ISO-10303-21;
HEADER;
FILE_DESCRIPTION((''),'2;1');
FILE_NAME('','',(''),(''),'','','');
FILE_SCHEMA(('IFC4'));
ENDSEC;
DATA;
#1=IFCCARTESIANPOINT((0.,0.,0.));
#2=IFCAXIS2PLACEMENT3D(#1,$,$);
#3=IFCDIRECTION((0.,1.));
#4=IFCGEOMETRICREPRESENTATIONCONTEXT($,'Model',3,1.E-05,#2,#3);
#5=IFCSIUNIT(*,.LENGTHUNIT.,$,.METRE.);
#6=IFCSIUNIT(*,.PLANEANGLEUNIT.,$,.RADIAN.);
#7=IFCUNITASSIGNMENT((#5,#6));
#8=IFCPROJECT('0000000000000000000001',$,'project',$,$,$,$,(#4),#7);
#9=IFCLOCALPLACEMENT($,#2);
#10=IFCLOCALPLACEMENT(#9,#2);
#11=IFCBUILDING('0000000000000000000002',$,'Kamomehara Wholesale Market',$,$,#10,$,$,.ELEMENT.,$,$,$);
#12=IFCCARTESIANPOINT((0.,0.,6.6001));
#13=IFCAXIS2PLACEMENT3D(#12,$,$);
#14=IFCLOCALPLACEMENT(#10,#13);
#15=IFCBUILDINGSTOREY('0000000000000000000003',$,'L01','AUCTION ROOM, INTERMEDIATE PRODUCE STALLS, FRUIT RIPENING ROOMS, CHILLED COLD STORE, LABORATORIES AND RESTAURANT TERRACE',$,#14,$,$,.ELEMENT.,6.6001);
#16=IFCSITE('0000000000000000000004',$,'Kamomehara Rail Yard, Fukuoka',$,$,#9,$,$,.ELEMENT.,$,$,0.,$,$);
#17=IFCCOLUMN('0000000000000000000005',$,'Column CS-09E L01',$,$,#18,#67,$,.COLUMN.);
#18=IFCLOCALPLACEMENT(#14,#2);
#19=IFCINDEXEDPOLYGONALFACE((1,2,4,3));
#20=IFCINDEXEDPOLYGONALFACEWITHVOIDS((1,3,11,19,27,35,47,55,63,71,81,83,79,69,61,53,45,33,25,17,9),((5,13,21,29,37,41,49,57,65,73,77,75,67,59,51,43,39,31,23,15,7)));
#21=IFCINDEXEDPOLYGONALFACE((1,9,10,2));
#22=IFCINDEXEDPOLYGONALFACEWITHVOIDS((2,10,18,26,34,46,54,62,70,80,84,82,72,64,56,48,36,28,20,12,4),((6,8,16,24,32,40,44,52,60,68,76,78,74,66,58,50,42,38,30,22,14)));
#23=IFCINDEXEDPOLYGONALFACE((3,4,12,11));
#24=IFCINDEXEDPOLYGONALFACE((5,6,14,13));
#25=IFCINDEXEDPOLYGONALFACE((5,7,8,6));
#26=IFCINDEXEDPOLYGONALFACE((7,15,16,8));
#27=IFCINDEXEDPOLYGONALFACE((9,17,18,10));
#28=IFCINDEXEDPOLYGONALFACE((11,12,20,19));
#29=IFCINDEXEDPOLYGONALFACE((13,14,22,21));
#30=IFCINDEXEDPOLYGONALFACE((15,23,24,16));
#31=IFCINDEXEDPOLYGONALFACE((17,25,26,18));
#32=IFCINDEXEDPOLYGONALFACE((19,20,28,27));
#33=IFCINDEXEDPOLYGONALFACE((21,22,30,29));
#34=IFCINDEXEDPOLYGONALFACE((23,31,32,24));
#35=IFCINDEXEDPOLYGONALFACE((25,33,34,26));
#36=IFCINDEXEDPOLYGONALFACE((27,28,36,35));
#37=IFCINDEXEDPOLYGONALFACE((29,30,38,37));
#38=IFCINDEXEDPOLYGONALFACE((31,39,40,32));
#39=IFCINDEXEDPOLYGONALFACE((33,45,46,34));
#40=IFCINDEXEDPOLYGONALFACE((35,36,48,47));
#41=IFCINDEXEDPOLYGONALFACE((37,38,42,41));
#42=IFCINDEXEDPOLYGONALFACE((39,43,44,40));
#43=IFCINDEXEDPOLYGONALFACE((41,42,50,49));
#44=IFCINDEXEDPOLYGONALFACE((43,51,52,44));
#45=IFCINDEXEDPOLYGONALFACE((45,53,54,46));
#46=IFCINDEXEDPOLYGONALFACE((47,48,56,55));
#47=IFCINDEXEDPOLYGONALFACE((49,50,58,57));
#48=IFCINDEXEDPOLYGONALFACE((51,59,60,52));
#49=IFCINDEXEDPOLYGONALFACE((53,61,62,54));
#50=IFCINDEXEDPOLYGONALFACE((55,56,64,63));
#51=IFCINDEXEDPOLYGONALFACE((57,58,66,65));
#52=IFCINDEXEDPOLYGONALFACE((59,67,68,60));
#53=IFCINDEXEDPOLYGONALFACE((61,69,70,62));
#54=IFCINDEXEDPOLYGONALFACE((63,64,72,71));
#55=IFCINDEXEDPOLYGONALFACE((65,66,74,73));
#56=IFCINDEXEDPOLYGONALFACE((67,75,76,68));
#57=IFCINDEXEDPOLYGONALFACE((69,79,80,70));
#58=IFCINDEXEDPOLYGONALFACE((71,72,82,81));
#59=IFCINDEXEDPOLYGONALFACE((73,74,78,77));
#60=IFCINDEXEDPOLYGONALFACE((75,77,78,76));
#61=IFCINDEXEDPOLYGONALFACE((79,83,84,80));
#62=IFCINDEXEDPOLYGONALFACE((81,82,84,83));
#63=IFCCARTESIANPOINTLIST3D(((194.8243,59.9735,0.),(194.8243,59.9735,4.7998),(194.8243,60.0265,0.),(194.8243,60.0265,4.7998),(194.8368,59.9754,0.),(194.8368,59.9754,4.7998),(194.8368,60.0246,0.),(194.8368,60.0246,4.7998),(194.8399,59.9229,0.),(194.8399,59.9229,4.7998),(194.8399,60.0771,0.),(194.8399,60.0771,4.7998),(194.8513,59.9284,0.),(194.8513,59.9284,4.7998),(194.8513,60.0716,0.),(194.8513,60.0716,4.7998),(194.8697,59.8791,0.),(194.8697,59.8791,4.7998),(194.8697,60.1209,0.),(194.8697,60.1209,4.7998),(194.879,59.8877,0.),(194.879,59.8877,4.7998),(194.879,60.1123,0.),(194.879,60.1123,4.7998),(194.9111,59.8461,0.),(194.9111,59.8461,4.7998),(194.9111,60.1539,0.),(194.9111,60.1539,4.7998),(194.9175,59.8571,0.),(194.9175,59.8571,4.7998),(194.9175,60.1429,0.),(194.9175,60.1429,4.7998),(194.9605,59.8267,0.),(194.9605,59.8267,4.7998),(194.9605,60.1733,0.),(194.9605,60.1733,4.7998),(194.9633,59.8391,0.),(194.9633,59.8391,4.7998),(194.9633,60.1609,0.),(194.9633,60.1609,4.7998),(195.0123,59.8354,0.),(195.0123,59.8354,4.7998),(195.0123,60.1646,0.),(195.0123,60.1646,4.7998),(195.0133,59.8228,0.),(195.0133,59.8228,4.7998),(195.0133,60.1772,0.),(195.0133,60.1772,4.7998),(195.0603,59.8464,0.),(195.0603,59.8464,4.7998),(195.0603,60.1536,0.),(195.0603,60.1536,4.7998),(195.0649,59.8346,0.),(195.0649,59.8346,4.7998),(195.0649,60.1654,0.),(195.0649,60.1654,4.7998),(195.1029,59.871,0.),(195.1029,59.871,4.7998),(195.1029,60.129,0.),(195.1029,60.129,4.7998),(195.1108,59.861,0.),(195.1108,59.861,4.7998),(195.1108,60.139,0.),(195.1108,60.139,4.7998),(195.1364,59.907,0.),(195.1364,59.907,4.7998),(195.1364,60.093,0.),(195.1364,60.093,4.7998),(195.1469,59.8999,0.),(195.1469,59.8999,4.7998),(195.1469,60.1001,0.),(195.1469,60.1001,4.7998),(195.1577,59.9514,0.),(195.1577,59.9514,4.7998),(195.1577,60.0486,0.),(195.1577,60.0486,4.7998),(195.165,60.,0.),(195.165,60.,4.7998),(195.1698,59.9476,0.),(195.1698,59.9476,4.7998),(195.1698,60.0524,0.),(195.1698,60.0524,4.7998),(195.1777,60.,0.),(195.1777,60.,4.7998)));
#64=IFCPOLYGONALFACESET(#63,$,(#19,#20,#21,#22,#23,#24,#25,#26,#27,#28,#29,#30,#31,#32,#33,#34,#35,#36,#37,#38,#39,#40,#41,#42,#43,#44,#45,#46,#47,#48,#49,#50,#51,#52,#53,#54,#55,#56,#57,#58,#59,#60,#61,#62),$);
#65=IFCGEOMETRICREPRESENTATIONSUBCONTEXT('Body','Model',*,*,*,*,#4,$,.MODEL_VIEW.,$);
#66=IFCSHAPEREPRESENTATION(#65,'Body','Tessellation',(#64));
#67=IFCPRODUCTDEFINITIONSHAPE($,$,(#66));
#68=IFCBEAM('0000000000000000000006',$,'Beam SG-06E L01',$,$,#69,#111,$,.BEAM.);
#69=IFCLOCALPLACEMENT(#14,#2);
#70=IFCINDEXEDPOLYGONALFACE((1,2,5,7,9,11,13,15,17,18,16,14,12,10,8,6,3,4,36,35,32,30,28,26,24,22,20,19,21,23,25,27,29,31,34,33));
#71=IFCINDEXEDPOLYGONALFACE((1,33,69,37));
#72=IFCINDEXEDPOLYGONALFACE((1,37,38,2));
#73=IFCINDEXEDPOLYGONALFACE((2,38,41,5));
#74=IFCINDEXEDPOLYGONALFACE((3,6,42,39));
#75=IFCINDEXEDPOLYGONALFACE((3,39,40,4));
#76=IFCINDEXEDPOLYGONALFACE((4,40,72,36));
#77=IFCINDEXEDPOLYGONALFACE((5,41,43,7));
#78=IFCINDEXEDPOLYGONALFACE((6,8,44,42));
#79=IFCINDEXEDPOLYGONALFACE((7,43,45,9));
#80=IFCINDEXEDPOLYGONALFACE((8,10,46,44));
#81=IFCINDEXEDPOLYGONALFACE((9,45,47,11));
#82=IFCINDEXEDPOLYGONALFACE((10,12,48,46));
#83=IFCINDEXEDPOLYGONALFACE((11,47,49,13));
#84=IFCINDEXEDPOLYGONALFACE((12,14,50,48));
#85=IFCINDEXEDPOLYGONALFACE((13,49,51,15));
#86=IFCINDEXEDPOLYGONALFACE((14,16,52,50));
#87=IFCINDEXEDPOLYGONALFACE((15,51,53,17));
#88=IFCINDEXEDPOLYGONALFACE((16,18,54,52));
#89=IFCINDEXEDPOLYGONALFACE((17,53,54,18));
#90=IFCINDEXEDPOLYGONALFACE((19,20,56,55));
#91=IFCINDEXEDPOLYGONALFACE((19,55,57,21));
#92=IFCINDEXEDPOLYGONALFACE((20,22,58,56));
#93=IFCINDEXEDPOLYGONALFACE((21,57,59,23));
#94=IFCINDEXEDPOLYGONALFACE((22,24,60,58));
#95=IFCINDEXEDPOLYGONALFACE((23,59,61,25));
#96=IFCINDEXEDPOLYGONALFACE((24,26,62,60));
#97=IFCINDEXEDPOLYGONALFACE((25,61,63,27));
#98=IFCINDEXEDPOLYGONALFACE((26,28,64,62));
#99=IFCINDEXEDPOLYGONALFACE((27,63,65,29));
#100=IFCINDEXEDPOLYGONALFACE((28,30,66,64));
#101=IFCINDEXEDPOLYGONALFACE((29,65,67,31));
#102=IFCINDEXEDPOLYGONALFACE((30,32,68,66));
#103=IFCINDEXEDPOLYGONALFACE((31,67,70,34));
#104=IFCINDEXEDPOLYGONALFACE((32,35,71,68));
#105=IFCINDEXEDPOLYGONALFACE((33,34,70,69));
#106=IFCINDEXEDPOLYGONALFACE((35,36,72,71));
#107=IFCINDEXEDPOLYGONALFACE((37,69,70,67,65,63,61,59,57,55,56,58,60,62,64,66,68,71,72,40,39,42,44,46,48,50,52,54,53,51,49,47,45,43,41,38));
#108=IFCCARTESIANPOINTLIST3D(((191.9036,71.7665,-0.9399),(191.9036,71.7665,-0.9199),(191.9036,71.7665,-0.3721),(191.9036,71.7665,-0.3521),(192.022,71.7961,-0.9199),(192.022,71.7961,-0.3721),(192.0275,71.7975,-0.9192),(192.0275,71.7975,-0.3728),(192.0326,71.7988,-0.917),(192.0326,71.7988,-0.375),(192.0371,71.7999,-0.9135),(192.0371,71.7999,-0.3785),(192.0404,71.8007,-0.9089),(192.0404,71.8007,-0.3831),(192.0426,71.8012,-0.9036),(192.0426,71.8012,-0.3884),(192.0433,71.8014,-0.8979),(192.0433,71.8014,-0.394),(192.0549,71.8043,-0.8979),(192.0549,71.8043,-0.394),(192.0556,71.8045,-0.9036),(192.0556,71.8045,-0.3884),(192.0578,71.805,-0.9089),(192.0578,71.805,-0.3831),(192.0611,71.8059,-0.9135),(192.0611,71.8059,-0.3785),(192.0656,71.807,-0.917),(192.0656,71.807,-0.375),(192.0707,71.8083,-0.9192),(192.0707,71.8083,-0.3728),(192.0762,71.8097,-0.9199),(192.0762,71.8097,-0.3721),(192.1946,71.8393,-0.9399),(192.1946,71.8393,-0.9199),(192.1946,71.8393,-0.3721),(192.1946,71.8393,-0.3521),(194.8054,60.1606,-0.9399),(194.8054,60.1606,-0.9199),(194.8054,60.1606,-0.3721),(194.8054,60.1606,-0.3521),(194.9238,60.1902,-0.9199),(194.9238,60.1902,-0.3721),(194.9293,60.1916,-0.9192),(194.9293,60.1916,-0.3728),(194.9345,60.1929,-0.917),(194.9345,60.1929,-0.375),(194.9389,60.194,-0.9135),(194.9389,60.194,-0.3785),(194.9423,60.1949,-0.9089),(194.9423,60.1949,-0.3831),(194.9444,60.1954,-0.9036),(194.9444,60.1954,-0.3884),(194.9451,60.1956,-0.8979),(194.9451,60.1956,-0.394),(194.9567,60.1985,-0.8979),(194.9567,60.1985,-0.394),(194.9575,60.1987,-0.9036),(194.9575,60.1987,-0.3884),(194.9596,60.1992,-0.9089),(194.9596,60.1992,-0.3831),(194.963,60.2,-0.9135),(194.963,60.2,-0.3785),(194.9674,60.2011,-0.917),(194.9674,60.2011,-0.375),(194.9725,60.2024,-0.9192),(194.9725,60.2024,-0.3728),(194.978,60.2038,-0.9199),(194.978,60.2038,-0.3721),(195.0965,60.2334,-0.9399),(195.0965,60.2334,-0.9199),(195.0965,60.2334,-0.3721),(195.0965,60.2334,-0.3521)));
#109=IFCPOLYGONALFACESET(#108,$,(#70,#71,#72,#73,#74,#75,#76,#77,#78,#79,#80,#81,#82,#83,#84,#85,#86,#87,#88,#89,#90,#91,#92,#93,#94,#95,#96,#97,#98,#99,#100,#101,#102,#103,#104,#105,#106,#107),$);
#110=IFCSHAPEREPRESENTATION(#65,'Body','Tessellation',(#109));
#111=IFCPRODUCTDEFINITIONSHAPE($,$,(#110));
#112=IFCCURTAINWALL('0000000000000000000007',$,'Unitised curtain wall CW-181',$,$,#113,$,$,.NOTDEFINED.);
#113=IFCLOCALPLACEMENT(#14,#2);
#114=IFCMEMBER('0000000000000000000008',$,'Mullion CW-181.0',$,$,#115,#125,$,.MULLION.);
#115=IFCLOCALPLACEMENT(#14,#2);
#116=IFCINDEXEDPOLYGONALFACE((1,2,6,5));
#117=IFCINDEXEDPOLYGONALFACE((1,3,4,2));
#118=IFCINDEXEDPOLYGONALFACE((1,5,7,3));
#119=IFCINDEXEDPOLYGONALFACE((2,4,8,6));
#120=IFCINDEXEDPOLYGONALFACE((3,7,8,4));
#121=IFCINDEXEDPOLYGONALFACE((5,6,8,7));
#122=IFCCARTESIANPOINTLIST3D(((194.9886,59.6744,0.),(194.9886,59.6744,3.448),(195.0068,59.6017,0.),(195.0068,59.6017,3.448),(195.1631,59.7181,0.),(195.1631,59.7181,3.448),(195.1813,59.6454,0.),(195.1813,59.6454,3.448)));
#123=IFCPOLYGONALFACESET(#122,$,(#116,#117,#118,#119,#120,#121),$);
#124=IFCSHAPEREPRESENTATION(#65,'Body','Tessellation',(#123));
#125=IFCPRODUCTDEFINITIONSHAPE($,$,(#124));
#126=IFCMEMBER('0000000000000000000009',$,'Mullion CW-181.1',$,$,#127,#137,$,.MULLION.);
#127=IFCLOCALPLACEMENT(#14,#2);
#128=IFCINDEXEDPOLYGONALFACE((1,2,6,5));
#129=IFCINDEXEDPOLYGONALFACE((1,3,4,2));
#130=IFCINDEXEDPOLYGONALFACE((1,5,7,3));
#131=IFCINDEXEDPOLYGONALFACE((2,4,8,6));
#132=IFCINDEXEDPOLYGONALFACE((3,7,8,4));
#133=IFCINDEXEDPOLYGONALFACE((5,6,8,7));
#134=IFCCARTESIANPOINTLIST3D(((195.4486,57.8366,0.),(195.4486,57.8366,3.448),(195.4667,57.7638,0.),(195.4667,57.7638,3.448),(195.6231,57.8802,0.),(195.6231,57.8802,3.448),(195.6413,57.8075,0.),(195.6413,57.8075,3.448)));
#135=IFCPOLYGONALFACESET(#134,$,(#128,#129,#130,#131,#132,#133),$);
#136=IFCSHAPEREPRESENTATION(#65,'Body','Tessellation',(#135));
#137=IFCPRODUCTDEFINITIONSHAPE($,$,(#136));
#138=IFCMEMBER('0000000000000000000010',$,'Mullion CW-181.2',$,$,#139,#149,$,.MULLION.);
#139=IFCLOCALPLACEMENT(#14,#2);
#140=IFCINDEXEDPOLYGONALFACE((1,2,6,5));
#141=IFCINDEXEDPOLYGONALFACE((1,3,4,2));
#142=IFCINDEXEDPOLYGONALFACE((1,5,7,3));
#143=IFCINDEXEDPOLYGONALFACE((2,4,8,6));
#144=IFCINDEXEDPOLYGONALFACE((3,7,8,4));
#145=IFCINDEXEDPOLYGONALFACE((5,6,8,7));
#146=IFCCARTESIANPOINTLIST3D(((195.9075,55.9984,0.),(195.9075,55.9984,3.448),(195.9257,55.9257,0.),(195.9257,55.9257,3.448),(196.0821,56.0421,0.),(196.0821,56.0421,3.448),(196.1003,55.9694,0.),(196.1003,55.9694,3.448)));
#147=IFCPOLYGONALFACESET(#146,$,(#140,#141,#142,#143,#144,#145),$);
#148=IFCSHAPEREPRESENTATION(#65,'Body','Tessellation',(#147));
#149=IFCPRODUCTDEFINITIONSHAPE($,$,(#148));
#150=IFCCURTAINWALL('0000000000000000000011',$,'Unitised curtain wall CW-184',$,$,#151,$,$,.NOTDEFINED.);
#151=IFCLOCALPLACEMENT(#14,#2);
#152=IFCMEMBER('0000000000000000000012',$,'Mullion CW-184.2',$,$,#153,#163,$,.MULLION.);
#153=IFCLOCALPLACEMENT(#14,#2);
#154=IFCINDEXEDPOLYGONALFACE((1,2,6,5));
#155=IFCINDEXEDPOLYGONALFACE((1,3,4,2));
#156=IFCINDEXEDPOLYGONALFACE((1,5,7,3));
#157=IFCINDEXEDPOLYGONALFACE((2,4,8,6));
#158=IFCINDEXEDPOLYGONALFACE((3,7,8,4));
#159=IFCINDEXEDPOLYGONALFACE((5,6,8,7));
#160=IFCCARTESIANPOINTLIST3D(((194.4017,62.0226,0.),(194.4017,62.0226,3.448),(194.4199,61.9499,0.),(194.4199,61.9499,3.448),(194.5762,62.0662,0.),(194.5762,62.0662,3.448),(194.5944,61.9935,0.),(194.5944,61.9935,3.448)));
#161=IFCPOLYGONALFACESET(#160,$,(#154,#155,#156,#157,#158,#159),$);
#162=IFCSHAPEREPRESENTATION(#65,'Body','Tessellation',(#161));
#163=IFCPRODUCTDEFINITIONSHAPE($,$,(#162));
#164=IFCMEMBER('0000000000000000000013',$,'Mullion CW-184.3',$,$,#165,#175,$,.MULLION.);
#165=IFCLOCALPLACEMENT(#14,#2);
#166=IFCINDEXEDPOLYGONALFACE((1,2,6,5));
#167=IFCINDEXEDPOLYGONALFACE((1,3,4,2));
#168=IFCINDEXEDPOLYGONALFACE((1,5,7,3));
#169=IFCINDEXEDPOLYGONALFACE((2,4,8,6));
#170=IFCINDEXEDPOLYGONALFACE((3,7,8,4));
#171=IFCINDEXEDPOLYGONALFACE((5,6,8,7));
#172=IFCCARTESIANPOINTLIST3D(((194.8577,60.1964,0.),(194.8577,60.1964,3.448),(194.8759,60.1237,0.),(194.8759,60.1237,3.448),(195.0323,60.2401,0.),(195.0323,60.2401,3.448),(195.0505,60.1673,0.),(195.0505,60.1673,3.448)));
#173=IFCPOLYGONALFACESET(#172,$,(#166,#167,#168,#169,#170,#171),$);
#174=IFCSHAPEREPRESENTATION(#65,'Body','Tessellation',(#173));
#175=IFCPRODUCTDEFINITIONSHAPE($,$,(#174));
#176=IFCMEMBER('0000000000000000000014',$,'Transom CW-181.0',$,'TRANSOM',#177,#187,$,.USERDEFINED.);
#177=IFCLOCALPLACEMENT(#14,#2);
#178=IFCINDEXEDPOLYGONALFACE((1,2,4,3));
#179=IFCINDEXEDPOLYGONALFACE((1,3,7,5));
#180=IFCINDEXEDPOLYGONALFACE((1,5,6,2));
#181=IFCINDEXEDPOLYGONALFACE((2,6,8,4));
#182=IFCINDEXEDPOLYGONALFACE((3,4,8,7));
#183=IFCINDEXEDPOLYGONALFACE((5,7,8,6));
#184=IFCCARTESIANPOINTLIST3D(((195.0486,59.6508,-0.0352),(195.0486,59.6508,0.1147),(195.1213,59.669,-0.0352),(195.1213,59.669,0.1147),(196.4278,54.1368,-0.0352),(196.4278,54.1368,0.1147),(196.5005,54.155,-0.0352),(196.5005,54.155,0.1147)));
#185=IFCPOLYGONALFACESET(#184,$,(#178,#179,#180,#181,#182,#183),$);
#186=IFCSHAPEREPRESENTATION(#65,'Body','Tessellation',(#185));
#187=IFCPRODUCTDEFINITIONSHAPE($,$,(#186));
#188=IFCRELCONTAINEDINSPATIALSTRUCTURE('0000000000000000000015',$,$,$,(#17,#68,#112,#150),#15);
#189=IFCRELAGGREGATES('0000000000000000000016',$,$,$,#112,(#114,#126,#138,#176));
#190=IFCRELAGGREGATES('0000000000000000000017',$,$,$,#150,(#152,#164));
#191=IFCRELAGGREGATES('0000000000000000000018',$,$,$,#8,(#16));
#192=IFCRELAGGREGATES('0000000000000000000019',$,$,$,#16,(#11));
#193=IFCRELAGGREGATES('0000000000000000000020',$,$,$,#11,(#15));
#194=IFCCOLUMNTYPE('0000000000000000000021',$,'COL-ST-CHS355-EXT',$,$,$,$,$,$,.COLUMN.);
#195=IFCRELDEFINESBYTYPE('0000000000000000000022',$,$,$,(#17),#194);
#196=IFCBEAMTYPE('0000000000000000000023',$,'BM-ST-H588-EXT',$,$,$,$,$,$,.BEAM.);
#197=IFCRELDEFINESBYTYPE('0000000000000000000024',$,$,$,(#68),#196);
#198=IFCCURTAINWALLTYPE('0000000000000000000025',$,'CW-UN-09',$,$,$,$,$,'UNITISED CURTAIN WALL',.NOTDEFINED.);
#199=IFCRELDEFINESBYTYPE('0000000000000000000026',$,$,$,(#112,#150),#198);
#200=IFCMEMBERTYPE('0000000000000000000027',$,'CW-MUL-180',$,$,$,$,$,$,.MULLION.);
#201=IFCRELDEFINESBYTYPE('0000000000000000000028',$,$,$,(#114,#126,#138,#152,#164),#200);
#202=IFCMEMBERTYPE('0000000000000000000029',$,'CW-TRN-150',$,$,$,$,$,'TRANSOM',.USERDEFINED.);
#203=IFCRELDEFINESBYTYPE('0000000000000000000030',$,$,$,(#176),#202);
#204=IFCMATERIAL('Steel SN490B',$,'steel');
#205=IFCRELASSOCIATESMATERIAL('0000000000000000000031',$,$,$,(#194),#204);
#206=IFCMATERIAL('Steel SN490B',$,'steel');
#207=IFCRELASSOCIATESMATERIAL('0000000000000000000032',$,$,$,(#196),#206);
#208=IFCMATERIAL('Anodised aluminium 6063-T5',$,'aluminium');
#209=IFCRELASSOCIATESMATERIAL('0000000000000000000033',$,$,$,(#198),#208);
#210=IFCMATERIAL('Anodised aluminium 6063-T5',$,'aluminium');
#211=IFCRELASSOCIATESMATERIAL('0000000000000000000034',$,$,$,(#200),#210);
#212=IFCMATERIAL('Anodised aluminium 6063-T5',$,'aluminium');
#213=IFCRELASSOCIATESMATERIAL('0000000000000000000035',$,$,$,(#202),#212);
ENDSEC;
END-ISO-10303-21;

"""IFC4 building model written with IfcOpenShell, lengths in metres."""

from ifc_helpers import new_model, si_unit, direction, frame, origin, origin_2d, place, context, subcontext, project, spatial, rectangle, hollow_circle, i_section, extrude, material, material_profile, profile_set, type_object, element, aggregate, save


model = new_model("IFC4")

# Units and contexts
model_context = context("Model", 3, precision=1e-05, world=origin(), true_north=direction((0.0, 1.0)))
body_context = subcontext(model_context, "Body", "Model", "MODEL_VIEW")
ifc_project = project(units=[si_unit("LENGTHUNIT", "METRE"), si_unit("PLANEANGLEUNIT", "RADIAN")], contexts=[model_context])

# Site, building, storey
site_placement = place(None, origin())
site = spatial("IfcSite", under=ifc_project, at=site_placement, Name="Kamomehara Rail Yard, Fukuoka", CompositionType="ELEMENT", RefElevation=0.0)
building_placement = place(site_placement, origin())
building = spatial("IfcBuilding", under=site, at=building_placement, Name="Kamomehara Wholesale Market", CompositionType="ELEMENT")
storey_placement = place(building_placement, frame((0.0, 0.0, 6.6001)))
storey = spatial("IfcBuildingStorey", under=building, at=storey_placement, Name="L01", Description="AUCTION ROOM, INTERMEDIATE PRODUCE STALLS, FRUIT RIPENING ROOMS, CHILLED COLD STORE, LABORATORIES AND RESTAURANT TERRACE", CompositionType="ELEMENT", Elevation=6.6001)

# Column
ifc_material_1 = material(Name="Steel SN490B", Category="steel")
ifc_material_profile_1 = material_profile(ifc_material_1, hollow_circle(Radius=0.1777, WallThickness=0.0127, at=origin_2d()), Name="CHS-355.6x12.7")
ifc_profile_set_1 = profile_set([ifc_material_profile_1], Name="Steel SN490B")
column_type = type_object("IfcColumnType", Name="COL-ST-CHS355-EXT", PredefinedType="COLUMN", material=ifc_profile_set_1)
column_placement = place(storey_placement, frame((195.0, 60.0, 0.0), z_axis=(0.0, 0.0, 1.0), x_axis=(1.0, 0.0, 0.0)))
element("IfcColumn", 1, at=column_placement, inside=storey, type_object=column_type, Name="Column CS-09E L01", PredefinedType="COLUMN", context=body_context, shape_type="SweptSolid", body=[
    extrude(hollow_circle(Radius=0.1777, WallThickness=0.0127, at=origin_2d()), origin(), (0.0, 0.0, 1.0), 4.7998),
])

# Beam
ifc_material_2 = material(Name="Steel SN490B", Category="steel")
ifc_material_profile_2 = material_profile(ifc_material_2, i_section(OverallWidth=0.3, OverallDepth=0.5879, WebThickness=0.012, FlangeThickness=0.02, FilletRadius=0.022, at=origin_2d()), Name="H-588x300x12x20")
ifc_profile_set_2 = profile_set([ifc_material_profile_2], Name="Steel SN490B")
beam_type = type_object("IfcBeamType", Name="BM-ST-H588-EXT", PredefinedType="BEAM", material=ifc_profile_set_2)
beam_placement = place(storey_placement, frame((194.9509, 60.197, -0.646), z_axis=(-0.242564, 0.970135, 0.0), x_axis=(-0.970135, -0.242564, 0.0)))
element("IfcBeam", 2, at=beam_placement, inside=storey, type_object=beam_type, Name="Beam SG-06E L01", PredefinedType="BEAM", context=body_context, shape_type="SweptSolid", body=[
    extrude(i_section(OverallWidth=0.3, OverallDepth=0.5879, WebThickness=0.012, FlangeThickness=0.02, FilletRadius=0.022, at=origin_2d()), origin(), (0.0, 0.0, 1.0), 11.9631),
])

# Curtain walls, members
ifc_material_3 = material(Name="Anodised aluminium 6063-T5", Category="aluminium")
curtain_wall_type = type_object("IfcCurtainWallType", Name="CW-UN-09", ElementType="UNITISED CURTAIN WALL", PredefinedType="NOTDEFINED", material=ifc_material_3)
curtain_wall_1_placement = place(storey_placement, origin())
curtain_wall_1 = element("IfcCurtainWall", 3, at=curtain_wall_1_placement, inside=storey, type_object=curtain_wall_type, Name="Unitised curtain wall CW-181", PredefinedType="NOTDEFINED")
ifc_material_4 = material(Name="Anodised aluminium 6063-T5", Category="aluminium")
ifc_material_profile_3 = material_profile(ifc_material_4, rectangle(XDim=0.075, YDim=0.1799, at=origin_2d()), Name="ALU-MUL-75x180")
ifc_profile_set_3 = profile_set([ifc_material_profile_3], Name="Anodised aluminium 6063-T5")
member_type_1 = type_object("IfcMemberType", Name="CW-MUL-180", PredefinedType="MULLION", material=ifc_profile_set_3)
member_1_placement = place(storey_placement, frame((195.085, 59.6599, 0.0), z_axis=(0.0, 0.0, 1.0), x_axis=(0.242618, -0.970122, 0.0)))
member_1 = element("IfcMember", 4, at=member_1_placement, type_object=member_type_1, Name="Mullion CW-181.0", PredefinedType="MULLION", context=body_context, shape_type="SweptSolid", body=[
    extrude(rectangle(XDim=0.075, YDim=0.1799, at=origin_2d()), origin(), (0.0, 0.0, 1.0), 3.448),
])
member_2_placement = place(storey_placement, frame((195.5449, 57.822, 0.0), z_axis=(0.0, 0.0, 1.0), x_axis=(0.242618, -0.970122, 0.0)))
member_2 = element("IfcMember", 5, at=member_2_placement, type_object=member_type_1, Name="Mullion CW-181.1", PredefinedType="MULLION", context=body_context, shape_type="SweptSolid", body=[
    extrude(rectangle(XDim=0.075, YDim=0.1799, at=origin_2d()), origin(), (0.0, 0.0, 1.0), 3.448),
])
member_3_placement = place(storey_placement, frame((196.0039, 55.9839, 0.0), z_axis=(0.0, 0.0, 1.0), x_axis=(0.242618, -0.970122, 0.0)))
member_3 = element("IfcMember", 6, at=member_3_placement, type_object=member_type_1, Name="Mullion CW-181.2", PredefinedType="MULLION", context=body_context, shape_type="SweptSolid", body=[
    extrude(rectangle(XDim=0.075, YDim=0.1799, at=origin_2d()), origin(), (0.0, 0.0, 1.0), 3.448),
])
curtain_wall_2_placement = place(storey_placement, origin())
curtain_wall_2 = element("IfcCurtainWall", 7, at=curtain_wall_2_placement, inside=storey, type_object=curtain_wall_type, Name="Unitised curtain wall CW-184", PredefinedType="NOTDEFINED")
member_4_placement = place(storey_placement, frame((194.498, 62.0081, 0.0), z_axis=(0.0, 0.0, 1.0), x_axis=(0.242452, -0.970163, 0.0)))
member_4 = element("IfcMember", 8, at=member_4_placement, type_object=member_type_1, Name="Mullion CW-184.2", PredefinedType="MULLION", context=body_context, shape_type="SweptSolid", body=[
    extrude(rectangle(XDim=0.075, YDim=0.1799, at=origin_2d()), origin(), (0.0, 0.0, 1.0), 3.448),
])
member_5_placement = place(storey_placement, frame((194.9541, 60.1819, 0.0), z_axis=(0.0, 0.0, 1.0), x_axis=(0.242452, -0.970163, 0.0)))
member_5 = element("IfcMember", 9, at=member_5_placement, type_object=member_type_1, Name="Mullion CW-184.3", PredefinedType="MULLION", context=body_context, shape_type="SweptSolid", body=[
    extrude(rectangle(XDim=0.075, YDim=0.1799, at=origin_2d()), origin(), (0.0, 0.0, 1.0), 3.448),
])

# Member
ifc_material_5 = material(Name="Anodised aluminium 6063-T5", Category="aluminium")
ifc_material_profile_4 = material_profile(ifc_material_5, rectangle(XDim=0.075, YDim=0.1499, at=origin_2d()), Name="ALU-TRN-75x150")
ifc_profile_set_4 = profile_set([ifc_material_profile_4], Name="Anodised aluminium 6063-T5")
member_type_2 = type_object("IfcMemberType", Name="CW-TRN-150", ElementType="TRANSOM", PredefinedType="USERDEFINED", material=ifc_profile_set_4)
member_6_placement = place(storey_placement, frame((195.085, 59.6599, 0.0398), z_axis=(0.242647, -0.970115, 0.0), x_axis=(0.970115, 0.242647, 0.0)))
member_6 = element("IfcMember", 10, at=member_6_placement, type_object=member_type_2, Name="Transom CW-181.0", ObjectType="TRANSOM", PredefinedType="USERDEFINED", context=body_context, shape_type="SweptSolid", body=[
    extrude(rectangle(XDim=0.075, YDim=0.1499, at=origin_2d()), origin(), (0.0, 0.0, 1.0), 5.6838),
])

aggregate(curtain_wall_1, [member_1, member_2, member_3, member_6])
aggregate(curtain_wall_2, [member_4, member_5])

save(model, "model.ifc")
